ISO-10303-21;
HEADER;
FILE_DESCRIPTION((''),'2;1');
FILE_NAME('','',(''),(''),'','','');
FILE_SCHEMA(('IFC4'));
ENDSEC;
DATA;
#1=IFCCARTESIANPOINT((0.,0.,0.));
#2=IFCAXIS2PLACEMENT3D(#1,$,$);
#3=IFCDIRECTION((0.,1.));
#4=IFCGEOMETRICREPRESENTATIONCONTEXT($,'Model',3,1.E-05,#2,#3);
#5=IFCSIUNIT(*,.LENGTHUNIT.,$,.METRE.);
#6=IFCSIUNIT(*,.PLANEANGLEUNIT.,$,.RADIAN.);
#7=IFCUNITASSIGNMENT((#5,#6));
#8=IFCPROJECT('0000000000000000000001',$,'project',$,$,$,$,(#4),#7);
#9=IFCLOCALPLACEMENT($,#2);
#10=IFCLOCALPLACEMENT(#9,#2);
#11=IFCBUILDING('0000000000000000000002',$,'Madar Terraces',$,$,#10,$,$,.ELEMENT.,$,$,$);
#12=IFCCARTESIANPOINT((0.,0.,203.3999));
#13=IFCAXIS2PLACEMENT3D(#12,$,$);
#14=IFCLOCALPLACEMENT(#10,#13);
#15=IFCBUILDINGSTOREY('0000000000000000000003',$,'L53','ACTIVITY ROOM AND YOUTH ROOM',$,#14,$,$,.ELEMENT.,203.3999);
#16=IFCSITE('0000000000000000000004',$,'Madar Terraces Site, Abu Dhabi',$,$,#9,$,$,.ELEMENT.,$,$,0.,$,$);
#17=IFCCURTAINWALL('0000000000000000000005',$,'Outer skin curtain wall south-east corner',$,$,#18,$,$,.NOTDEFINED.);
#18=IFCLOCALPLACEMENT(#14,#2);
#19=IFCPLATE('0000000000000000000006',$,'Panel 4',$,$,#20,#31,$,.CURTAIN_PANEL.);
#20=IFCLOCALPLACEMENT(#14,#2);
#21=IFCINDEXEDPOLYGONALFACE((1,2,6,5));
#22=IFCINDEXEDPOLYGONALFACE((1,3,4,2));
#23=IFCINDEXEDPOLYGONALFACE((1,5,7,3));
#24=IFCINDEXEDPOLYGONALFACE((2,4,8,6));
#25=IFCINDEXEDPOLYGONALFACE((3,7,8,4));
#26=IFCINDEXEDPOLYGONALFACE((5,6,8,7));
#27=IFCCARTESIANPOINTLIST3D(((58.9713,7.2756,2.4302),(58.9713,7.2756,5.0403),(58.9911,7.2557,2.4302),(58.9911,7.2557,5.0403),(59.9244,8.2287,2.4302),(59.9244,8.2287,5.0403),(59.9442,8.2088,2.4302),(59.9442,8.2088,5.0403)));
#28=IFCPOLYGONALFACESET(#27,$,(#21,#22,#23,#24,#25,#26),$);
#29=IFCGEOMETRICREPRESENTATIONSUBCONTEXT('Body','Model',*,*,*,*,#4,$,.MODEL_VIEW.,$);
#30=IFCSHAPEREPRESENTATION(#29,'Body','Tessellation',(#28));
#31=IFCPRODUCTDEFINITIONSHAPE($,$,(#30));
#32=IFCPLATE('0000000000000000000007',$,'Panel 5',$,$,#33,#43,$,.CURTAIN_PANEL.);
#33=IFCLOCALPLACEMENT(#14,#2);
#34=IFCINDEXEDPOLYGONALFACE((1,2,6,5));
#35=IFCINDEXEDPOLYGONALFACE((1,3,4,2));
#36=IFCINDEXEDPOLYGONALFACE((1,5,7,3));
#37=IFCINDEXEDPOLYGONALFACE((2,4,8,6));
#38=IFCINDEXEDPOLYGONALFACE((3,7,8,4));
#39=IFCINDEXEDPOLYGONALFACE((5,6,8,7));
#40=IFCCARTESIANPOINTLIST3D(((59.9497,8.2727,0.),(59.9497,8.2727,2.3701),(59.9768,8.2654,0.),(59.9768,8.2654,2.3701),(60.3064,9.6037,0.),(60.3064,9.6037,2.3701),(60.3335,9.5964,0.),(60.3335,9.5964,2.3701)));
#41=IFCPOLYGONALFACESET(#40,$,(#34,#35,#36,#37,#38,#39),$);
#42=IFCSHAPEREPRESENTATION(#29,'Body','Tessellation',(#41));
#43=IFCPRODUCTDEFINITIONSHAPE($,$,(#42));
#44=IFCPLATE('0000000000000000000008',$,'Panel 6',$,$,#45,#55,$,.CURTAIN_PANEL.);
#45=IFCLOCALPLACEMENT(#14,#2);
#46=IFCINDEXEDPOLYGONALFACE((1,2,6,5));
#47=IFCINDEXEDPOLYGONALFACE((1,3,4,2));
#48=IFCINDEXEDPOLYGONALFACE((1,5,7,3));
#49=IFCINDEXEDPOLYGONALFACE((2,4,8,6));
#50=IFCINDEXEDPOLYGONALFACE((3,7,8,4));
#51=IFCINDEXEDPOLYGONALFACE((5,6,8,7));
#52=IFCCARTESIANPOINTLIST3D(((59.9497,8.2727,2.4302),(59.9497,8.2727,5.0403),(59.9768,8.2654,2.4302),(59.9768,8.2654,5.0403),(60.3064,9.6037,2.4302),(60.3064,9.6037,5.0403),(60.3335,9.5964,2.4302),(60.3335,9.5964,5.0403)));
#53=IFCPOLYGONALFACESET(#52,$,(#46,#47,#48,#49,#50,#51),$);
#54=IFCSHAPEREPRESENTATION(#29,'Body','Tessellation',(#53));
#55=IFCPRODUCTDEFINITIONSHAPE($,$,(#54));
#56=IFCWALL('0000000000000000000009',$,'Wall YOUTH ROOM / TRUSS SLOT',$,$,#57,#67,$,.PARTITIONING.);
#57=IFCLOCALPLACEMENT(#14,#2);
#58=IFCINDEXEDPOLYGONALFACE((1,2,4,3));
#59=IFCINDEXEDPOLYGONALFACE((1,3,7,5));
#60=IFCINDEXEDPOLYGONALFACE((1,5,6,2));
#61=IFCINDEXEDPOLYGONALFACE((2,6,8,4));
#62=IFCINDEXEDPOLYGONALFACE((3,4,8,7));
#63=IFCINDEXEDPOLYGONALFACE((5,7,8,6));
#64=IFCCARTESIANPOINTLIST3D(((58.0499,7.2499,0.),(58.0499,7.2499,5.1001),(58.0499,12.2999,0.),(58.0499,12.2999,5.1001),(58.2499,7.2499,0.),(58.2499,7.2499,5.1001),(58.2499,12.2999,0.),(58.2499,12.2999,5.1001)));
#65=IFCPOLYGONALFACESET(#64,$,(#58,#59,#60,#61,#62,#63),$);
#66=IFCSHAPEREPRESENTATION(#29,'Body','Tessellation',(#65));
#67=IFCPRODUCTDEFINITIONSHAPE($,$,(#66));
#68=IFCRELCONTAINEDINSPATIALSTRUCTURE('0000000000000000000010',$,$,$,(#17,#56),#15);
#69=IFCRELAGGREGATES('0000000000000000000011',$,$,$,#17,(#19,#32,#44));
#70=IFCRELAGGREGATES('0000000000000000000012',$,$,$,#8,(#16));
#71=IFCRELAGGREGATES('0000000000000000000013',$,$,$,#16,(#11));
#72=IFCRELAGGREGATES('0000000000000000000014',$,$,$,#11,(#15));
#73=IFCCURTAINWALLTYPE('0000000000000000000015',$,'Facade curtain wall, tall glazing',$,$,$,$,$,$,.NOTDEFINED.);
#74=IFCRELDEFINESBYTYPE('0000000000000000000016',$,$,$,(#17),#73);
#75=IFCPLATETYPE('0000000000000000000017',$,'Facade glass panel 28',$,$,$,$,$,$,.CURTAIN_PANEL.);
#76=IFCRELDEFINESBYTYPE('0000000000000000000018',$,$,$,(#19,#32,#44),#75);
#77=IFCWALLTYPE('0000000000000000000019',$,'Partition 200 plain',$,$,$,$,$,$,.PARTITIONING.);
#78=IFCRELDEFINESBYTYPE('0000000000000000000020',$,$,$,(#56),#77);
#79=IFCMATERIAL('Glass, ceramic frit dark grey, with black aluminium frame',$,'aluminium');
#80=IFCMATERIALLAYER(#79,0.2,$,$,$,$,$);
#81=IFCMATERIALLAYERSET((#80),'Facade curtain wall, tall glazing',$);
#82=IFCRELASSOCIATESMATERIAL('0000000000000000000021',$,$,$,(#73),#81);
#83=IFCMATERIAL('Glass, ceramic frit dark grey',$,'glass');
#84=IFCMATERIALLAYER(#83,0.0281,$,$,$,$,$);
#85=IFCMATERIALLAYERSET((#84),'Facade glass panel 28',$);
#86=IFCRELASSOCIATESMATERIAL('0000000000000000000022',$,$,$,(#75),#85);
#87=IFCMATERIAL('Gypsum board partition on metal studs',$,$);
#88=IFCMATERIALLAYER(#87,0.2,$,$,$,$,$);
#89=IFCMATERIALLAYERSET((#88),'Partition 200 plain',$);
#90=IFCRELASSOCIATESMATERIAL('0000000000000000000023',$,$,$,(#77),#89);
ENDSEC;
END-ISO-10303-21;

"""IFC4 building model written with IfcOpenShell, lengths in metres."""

from ifc_helpers import new_model, si_unit, direction, frame, frame_2d, origin, origin_2d, place, context, subcontext, project, spatial, rectangle, extrude, material, layer, layer_set, type_object, element, aggregate, save


model = new_model("IFC4")

# Units and contexts
model_context = context("Model", 3, precision=1e-05, world=origin(), true_north=direction((0.0, 1.0)))
body_context = subcontext(model_context, "Body", "Model", "MODEL_VIEW")
ifc_project = project(units=[si_unit("LENGTHUNIT", "METRE"), si_unit("PLANEANGLEUNIT", "RADIAN")], contexts=[model_context])

# Site, building, storey
site_placement = place(None, origin())
site = spatial("IfcSite", under=ifc_project, at=site_placement, Name="Madar Terraces Site, Abu Dhabi", CompositionType="ELEMENT", RefElevation=0.0)
building_placement = place(site_placement, origin())
building = spatial("IfcBuilding", under=site, at=building_placement, Name="Madar Terraces", CompositionType="ELEMENT")
storey_placement = place(building_placement, frame((0.0, 0.0, 203.3999)))
storey = spatial("IfcBuildingStorey", under=building, at=storey_placement, Name="L53", Description="ACTIVITY ROOM AND YOUTH ROOM", CompositionType="ELEMENT", Elevation=203.3999)

# Curtain wall
ifc_material_1 = material(Name="Glass, ceramic frit dark grey, with black aluminium frame", Category="aluminium")
ifc_layer_1 = layer(ifc_material_1, 0.2)
ifc_layer_set_1 = layer_set([ifc_layer_1], Name="Facade curtain wall, tall glazing")
curtain_wall_type = type_object("IfcCurtainWallType", Name="Facade curtain wall, tall glazing", PredefinedType="NOTDEFINED", material=ifc_layer_set_1)
curtain_wall_1_placement = place(storey_placement, origin())
curtain_wall_1 = element("IfcCurtainWall", 1, at=curtain_wall_1_placement, inside=storey, type_object=curtain_wall_type, Name="Outer skin curtain wall south-east corner", PredefinedType="NOTDEFINED")

# Plates
ifc_material_2 = material(Name="Glass, ceramic frit dark grey", Category="glass")
ifc_layer_2 = layer(ifc_material_2, 0.0281)
ifc_layer_set_2 = layer_set([ifc_layer_2], Name="Facade glass panel 28")
plate_type = type_object("IfcPlateType", Name="Facade glass panel 28", PredefinedType="CURTAIN_PANEL", material=ifc_layer_set_2)
plate_1_placement = place(storey_placement, frame((59.4578, 7.7422, 2.4302), z_axis=(0.0, 0.0, 1.0), x_axis=(0.707107, 0.707107, 0.0)))
plate_1 = element("IfcPlate", 2, at=plate_1_placement, type_object=plate_type, Name="Panel 4", PredefinedType="CURTAIN_PANEL", context=body_context, shape_type="SweptSolid", body=[
    extrude(rectangle(XDim=1.3479, YDim=0.0281, at=origin_2d()), origin(), (0.0, 0.0, 1.0), 2.6101),
])
plate_2_placement = place(storey_placement, frame((60.1416, 8.9346, 0.0), z_axis=(0.0, 0.0, 1.0), x_axis=(0.258819, 0.965926, 0.0)))
plate_2 = element("IfcPlate", 3, at=plate_2_placement, type_object=plate_type, Name="Panel 5", PredefinedType="CURTAIN_PANEL", context=body_context, shape_type="SweptSolid", body=[
    extrude(rectangle(XDim=1.3779, YDim=0.0281, at=origin_2d()), origin(), (0.0, 0.0, 1.0), 2.3701),
])
plate_3_placement = place(storey_placement, frame((60.1416, 8.9346, 2.4302), z_axis=(0.0, 0.0, 1.0), x_axis=(0.258819, 0.965926, 0.0)))
plate_3 = element("IfcPlate", 4, at=plate_3_placement, type_object=plate_type, Name="Panel 6", PredefinedType="CURTAIN_PANEL", context=body_context, shape_type="SweptSolid", body=[
    extrude(rectangle(XDim=1.3779, YDim=0.0281, at=origin_2d()), origin(), (0.0, 0.0, 1.0), 2.6101),
])
aggregate(curtain_wall_1, [plate_1, plate_2, plate_3])

# Wall
ifc_material_3 = material(Name="Gypsum board partition on metal studs")
ifc_layer_3 = layer(ifc_material_3, 0.2)
ifc_layer_set_3 = layer_set([ifc_layer_3], Name="Partition 200 plain")
wall_type = type_object("IfcWallType", Name="Partition 200 plain", PredefinedType="PARTITIONING", material=ifc_layer_set_3)
wall_placement = place(storey_placement, frame((58.1499, 7.25, 0.0), z_axis=(0.0, 0.0, 1.0), x_axis=(0.0, 1.0, 0.0)))
element("IfcWall", 5, at=wall_placement, inside=storey, type_object=wall_type, Name="Wall YOUTH ROOM / TRUSS SLOT", PredefinedType="PARTITIONING", context=body_context, shape_type="SweptSolid", body=[
    extrude(rectangle(XDim=5.05, YDim=0.2, at=frame_2d((2.5249, 0.0))), origin(), (0.0, 0.0, 1.0), 5.1001),
])

save(model, "model.ifc")
